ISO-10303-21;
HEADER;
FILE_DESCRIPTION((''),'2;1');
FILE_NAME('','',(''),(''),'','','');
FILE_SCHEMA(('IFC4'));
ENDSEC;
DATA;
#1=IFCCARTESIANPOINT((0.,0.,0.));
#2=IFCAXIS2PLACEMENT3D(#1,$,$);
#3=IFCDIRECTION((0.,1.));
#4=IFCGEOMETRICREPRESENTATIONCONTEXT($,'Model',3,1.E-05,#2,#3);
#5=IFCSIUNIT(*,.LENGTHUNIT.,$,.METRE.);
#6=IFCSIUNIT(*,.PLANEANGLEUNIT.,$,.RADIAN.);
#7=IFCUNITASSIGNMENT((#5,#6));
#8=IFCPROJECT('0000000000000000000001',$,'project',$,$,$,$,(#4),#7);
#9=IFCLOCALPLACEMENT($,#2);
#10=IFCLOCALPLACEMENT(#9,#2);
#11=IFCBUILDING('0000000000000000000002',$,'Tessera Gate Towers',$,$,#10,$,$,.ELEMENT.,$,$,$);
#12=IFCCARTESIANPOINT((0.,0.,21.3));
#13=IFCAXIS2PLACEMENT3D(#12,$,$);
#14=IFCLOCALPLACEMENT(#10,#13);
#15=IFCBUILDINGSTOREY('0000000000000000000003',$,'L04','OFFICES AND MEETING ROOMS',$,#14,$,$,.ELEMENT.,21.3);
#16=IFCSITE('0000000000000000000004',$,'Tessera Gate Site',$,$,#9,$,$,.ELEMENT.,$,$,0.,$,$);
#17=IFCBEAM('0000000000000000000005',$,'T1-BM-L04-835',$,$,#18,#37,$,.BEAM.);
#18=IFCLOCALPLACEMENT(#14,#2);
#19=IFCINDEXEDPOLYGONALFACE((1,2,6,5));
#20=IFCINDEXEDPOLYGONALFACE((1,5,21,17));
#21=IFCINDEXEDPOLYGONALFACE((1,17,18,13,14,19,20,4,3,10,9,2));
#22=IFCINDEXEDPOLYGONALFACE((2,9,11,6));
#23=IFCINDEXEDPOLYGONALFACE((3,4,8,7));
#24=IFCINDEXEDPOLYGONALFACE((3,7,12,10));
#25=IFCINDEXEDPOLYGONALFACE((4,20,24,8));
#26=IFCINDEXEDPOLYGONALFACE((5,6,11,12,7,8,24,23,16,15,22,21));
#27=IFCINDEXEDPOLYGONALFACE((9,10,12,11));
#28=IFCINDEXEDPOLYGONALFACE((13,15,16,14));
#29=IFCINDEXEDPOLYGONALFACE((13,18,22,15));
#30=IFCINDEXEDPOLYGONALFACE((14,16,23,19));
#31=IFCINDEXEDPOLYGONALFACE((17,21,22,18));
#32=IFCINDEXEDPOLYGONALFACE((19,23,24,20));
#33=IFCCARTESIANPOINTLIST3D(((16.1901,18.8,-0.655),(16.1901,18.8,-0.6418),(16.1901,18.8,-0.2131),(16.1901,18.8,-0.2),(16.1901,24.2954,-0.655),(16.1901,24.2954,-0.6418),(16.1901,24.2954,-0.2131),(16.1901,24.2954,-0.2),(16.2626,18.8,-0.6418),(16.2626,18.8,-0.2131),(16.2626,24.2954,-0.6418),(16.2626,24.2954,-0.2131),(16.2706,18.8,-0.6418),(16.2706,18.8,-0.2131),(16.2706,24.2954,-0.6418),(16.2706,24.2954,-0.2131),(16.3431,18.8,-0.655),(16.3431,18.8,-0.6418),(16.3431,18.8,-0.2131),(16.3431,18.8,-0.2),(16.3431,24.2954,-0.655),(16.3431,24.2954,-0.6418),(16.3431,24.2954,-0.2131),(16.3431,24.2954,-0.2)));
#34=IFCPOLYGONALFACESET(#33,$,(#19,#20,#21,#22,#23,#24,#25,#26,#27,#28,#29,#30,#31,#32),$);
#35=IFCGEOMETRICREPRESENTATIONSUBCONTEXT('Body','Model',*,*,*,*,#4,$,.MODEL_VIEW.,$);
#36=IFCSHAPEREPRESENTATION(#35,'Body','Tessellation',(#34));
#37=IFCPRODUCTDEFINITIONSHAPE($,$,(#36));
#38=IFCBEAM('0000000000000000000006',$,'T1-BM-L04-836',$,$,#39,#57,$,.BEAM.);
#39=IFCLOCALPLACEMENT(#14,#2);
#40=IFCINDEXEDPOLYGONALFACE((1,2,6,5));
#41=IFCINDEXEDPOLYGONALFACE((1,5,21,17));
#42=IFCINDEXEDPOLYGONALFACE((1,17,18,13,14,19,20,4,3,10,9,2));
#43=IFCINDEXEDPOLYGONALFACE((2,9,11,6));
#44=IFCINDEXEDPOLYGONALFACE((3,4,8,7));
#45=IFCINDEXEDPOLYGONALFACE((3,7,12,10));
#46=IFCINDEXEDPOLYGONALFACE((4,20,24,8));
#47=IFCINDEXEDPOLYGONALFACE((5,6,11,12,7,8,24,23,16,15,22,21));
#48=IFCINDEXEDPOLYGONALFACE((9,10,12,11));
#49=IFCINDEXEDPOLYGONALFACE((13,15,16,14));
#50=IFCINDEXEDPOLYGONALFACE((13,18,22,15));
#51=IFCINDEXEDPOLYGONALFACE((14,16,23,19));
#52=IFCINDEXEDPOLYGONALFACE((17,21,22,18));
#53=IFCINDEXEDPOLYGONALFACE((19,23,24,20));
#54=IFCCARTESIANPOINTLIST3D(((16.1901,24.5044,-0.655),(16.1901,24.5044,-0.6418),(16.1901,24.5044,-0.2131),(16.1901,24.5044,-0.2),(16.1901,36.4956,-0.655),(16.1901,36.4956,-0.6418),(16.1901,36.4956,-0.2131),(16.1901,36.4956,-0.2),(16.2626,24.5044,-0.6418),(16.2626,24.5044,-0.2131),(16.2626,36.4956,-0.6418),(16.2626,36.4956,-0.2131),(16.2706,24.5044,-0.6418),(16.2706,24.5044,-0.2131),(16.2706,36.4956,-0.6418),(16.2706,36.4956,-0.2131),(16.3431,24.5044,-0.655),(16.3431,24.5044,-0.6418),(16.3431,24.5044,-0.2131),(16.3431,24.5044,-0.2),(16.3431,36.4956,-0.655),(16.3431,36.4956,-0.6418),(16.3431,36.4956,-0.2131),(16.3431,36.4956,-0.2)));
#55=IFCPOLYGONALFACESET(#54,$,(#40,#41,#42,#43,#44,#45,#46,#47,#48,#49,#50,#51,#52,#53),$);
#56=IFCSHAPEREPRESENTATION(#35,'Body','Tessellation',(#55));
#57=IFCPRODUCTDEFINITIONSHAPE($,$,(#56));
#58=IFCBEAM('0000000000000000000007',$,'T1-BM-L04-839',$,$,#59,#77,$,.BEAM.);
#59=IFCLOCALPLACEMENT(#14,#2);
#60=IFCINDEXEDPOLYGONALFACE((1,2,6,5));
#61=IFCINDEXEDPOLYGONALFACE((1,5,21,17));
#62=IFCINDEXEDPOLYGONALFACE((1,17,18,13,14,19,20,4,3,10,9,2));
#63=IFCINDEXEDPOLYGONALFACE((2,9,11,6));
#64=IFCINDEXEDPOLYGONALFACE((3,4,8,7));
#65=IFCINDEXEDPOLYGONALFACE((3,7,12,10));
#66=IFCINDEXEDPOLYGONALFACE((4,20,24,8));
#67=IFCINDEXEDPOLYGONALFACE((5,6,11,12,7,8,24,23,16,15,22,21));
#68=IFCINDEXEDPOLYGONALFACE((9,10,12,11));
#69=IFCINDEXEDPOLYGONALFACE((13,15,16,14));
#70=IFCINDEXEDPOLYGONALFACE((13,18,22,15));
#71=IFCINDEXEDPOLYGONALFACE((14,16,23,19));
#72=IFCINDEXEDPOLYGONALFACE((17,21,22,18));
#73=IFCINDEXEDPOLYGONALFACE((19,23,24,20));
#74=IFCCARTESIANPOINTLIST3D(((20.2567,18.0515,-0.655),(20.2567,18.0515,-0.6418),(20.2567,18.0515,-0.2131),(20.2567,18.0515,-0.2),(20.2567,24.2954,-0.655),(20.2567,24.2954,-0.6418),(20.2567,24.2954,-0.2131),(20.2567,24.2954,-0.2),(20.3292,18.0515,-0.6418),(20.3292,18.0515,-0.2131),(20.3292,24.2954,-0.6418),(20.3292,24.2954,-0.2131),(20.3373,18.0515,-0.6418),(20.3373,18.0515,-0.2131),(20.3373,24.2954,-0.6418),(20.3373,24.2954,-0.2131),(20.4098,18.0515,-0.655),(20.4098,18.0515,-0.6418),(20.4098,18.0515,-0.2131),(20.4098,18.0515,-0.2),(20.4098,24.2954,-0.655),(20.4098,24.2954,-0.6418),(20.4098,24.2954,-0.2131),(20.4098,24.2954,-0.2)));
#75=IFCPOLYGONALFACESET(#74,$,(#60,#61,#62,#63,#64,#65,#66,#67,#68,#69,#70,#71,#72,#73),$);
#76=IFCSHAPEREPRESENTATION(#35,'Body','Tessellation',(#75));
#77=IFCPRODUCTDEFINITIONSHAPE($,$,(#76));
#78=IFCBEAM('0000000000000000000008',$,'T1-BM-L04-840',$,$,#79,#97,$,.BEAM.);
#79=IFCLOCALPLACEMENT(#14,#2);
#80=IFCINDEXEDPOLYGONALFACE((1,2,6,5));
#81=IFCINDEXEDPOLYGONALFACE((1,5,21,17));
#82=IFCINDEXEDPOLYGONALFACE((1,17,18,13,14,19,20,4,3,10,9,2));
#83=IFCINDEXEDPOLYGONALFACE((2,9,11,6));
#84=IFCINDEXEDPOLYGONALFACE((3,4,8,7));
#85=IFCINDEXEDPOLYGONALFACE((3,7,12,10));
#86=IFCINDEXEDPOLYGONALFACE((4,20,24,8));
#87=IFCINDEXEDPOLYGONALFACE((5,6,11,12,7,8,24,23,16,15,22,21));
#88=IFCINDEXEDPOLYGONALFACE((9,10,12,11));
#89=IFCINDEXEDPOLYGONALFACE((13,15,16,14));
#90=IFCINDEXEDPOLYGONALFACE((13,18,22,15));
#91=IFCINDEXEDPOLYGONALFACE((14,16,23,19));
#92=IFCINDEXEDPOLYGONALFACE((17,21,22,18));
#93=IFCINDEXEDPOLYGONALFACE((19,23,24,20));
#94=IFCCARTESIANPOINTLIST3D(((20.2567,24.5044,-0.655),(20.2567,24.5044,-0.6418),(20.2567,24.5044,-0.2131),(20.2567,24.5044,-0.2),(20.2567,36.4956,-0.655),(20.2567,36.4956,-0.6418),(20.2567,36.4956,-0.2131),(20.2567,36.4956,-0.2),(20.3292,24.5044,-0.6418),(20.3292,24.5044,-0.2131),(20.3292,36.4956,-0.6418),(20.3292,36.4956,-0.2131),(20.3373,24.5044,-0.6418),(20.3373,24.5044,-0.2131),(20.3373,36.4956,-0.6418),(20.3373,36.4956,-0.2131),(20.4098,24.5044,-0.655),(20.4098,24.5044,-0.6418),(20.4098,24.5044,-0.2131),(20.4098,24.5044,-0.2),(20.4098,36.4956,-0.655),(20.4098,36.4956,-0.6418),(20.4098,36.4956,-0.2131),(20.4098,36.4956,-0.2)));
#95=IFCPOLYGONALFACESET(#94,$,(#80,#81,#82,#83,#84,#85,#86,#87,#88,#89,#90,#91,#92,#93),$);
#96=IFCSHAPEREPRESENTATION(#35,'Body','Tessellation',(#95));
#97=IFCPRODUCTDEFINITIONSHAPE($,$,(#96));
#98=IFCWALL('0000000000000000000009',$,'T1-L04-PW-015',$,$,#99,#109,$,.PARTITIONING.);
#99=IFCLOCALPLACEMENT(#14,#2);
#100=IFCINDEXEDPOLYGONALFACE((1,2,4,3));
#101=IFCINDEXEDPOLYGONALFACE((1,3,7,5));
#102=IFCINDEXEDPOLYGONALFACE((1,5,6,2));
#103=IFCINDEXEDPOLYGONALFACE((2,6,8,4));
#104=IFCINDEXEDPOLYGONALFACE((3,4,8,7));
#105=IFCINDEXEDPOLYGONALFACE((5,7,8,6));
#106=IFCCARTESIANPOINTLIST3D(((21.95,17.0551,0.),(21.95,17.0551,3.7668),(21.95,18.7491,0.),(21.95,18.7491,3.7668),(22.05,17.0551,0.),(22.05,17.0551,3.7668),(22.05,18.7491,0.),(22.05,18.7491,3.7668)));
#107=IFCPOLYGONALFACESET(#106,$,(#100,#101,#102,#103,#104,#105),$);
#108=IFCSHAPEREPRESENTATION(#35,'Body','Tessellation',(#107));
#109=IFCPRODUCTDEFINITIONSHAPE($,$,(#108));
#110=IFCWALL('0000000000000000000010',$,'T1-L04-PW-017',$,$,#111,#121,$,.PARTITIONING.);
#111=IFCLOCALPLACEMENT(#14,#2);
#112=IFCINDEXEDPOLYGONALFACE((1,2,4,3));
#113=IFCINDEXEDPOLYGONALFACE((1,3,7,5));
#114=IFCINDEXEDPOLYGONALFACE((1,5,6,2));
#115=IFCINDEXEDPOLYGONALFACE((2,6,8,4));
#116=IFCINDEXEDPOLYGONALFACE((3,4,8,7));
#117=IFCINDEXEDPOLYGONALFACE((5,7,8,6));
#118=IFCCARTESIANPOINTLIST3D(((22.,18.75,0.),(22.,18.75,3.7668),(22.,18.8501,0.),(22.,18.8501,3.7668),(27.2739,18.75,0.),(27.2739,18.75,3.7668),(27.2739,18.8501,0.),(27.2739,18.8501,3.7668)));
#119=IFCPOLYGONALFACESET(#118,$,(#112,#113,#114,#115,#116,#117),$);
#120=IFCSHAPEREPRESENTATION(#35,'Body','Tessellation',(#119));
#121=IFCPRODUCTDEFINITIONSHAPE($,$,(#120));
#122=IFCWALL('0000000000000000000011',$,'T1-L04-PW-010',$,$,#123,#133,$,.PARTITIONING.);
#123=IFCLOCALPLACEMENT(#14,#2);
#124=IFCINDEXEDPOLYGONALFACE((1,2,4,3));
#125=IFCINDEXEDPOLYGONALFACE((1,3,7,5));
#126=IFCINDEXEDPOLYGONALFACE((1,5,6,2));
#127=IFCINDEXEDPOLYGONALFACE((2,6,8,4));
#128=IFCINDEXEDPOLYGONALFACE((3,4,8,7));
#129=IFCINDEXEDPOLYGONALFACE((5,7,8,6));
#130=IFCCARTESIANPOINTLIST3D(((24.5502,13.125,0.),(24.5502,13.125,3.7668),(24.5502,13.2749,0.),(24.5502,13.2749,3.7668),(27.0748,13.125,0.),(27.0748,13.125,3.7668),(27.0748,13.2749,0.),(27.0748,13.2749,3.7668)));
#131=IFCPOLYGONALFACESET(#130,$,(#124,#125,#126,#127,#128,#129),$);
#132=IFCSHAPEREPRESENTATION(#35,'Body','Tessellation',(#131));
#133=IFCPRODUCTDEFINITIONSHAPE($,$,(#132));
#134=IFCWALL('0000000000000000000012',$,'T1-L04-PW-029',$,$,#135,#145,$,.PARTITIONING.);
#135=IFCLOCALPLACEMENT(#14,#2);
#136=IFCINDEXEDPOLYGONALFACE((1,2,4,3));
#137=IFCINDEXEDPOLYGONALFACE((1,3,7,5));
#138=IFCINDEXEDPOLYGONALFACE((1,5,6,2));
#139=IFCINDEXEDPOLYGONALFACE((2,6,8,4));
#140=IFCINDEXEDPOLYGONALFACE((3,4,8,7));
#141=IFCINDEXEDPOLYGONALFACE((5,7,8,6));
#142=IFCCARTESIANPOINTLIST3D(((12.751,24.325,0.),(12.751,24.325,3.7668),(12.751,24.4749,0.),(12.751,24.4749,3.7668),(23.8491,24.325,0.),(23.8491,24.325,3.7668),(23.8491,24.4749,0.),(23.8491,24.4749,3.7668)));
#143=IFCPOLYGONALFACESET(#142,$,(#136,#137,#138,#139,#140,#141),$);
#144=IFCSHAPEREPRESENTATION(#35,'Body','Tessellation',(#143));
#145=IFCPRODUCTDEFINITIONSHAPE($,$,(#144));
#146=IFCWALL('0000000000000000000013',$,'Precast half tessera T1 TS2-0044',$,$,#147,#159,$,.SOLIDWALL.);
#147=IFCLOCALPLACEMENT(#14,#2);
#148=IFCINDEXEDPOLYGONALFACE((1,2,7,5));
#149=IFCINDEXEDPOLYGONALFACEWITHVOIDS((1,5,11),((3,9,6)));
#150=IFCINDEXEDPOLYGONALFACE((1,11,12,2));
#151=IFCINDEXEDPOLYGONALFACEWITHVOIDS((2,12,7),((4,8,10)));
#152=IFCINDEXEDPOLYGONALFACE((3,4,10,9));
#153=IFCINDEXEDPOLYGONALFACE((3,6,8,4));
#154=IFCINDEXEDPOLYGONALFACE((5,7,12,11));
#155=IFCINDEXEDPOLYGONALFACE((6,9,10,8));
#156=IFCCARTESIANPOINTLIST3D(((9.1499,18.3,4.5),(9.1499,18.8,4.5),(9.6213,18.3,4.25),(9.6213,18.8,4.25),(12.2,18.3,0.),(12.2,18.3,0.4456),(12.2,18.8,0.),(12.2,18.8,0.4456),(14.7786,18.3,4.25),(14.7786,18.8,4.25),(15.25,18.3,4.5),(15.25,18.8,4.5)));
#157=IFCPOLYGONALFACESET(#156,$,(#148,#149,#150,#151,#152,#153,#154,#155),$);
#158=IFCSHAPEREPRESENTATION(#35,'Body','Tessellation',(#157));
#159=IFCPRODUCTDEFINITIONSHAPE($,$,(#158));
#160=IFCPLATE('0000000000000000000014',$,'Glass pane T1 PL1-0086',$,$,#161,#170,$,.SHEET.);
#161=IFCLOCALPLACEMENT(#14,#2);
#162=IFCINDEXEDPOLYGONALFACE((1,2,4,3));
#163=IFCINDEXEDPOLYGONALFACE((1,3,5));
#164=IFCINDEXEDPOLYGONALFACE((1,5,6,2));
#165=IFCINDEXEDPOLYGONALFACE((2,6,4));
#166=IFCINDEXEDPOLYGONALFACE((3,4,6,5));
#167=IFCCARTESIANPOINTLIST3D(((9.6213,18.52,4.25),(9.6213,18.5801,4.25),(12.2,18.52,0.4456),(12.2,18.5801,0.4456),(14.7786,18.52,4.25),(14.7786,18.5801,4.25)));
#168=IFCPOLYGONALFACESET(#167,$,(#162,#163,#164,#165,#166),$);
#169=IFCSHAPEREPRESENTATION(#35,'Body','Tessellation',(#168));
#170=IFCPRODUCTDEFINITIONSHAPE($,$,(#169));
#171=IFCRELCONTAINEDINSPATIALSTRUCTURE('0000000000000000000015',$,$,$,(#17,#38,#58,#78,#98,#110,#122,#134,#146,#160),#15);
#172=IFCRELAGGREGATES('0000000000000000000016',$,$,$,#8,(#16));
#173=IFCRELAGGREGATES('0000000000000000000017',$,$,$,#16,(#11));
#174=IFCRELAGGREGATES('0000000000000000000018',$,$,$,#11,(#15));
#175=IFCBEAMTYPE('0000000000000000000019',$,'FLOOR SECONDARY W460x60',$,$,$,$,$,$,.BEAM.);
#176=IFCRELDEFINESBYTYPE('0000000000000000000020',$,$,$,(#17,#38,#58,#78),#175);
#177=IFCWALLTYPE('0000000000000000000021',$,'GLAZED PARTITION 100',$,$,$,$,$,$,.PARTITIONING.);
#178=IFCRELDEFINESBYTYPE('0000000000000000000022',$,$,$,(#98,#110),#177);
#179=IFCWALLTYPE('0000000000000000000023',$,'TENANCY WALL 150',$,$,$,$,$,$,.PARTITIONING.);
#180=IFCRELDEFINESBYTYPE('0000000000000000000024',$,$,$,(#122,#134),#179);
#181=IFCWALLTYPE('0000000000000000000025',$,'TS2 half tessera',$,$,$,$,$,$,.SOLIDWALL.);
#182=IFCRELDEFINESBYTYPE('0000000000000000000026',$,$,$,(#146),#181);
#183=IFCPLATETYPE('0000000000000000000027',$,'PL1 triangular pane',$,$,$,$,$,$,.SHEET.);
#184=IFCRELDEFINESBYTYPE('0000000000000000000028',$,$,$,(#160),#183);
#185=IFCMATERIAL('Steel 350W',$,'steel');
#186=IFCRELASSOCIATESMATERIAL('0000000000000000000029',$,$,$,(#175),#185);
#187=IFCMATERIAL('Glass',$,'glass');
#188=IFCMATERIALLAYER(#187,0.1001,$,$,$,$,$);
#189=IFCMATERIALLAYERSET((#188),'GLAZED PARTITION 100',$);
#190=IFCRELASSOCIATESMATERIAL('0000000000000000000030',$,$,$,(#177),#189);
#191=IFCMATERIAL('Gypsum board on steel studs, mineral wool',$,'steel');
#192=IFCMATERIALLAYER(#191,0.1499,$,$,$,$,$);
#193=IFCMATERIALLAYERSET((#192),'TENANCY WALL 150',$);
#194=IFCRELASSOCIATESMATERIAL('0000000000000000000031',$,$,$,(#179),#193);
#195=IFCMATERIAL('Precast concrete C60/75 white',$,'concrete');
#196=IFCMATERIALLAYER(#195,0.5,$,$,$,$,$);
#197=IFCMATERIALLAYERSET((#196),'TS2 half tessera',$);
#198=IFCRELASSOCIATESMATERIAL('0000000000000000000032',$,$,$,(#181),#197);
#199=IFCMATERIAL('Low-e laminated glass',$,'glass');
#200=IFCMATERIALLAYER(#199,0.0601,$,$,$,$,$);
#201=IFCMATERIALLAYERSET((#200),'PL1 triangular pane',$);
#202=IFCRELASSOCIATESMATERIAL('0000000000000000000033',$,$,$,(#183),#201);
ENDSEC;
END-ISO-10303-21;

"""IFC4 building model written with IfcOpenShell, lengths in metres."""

from ifc_helpers import new_model, si_unit, direction, frame, frame_2d, origin, origin_2d, place, context, subcontext, project, spatial, polyline, rectangle, i_section, outline, extrude, source, transform, mapped, material, layer, layer_set, material_profile, profile_set, type_object, element, fill, save


model = new_model("IFC4")

# Units and contexts
model_context = context("Model", 3, precision=1e-05, world=origin(), true_north=direction((0.0, 1.0)))
body_context = subcontext(model_context, "Body", "Model", "MODEL_VIEW")
ifc_project = project(units=[si_unit("LENGTHUNIT", "METRE"), si_unit("PLANEANGLEUNIT", "RADIAN")], contexts=[model_context])

# Site, building, storey
site_placement = place(None, origin())
site = spatial("IfcSite", under=ifc_project, at=site_placement, Name="Tessera Gate Site", CompositionType="ELEMENT", RefElevation=0.0)
building_placement = place(site_placement, origin())
building = spatial("IfcBuilding", under=site, at=building_placement, Name="Tessera Gate Towers", CompositionType="ELEMENT")
storey_placement = place(building_placement, frame((0.0, 0.0, 21.3)))
storey = spatial("IfcBuildingStorey", under=building, at=storey_placement, Name="L04", Description="OFFICES AND MEETING ROOMS", CompositionType="ELEMENT", Elevation=21.3)

# Beams
ifc_material_1 = material(Name="Steel 350W", Category="steel")
ifc_material_profile_1 = material_profile(ifc_material_1, i_section(OverallWidth=0.1531, OverallDepth=0.4551, WebThickness=0.0081, FlangeThickness=0.0132, at=origin_2d()), Name="W460x60")
ifc_profile_set_1 = profile_set([ifc_material_profile_1], Name="Steel 350W")
beam_type_1 = type_object("IfcBeamType", Name="FLOOR SECONDARY W460x60", PredefinedType="BEAM", material=ifc_profile_set_1)
beam_1_placement = place(storey_placement, frame((16.2666, 18.8, -0.4275), z_axis=(0.0, 1.0, 0.0), x_axis=(-1.0, 0.0, 0.0)))
element("IfcBeam", 1, at=beam_1_placement, inside=storey, type_object=beam_type_1, Name="T1-BM-L04-835", PredefinedType="BEAM", context=body_context, shape_type="SweptSolid", body=[
    extrude(i_section(OverallWidth=0.1531, OverallDepth=0.4551, WebThickness=0.0081, FlangeThickness=0.0132, at=origin_2d()), origin(), (0.0, 0.0, 1.0), 5.4954),
])
beam_2_placement = place(storey_placement, frame((16.2666, 24.5044, -0.4275), z_axis=(0.0, 1.0, 0.0), x_axis=(-1.0, 0.0, 0.0)))
element("IfcBeam", 2, at=beam_2_placement, inside=storey, type_object=beam_type_1, Name="T1-BM-L04-836", PredefinedType="BEAM", context=body_context, shape_type="SweptSolid", body=[
    extrude(i_section(OverallWidth=0.1531, OverallDepth=0.4551, WebThickness=0.0081, FlangeThickness=0.0132, at=origin_2d()), origin(), (0.0, 0.0, 1.0), 11.9912),
])
beam_3_placement = place(storey_placement, frame((20.3333, 18.0515, -0.4275), z_axis=(0.0, 1.0, 0.0), x_axis=(-1.0, 0.0, 0.0)))
element("IfcBeam", 3, at=beam_3_placement, inside=storey, type_object=beam_type_1, Name="T1-BM-L04-839", PredefinedType="BEAM", context=body_context, shape_type="SweptSolid", body=[
    extrude(i_section(OverallWidth=0.1531, OverallDepth=0.4551, WebThickness=0.0081, FlangeThickness=0.0132, at=origin_2d()), origin(), (0.0, 0.0, 1.0), 6.2439),
])
beam_4_placement = place(storey_placement, frame((20.3333, 24.5044, -0.4275), z_axis=(0.0, 1.0, 0.0), x_axis=(-1.0, 0.0, 0.0)))
element("IfcBeam", 4, at=beam_4_placement, inside=storey, type_object=beam_type_1, Name="T1-BM-L04-840", PredefinedType="BEAM", context=body_context, shape_type="SweptSolid", body=[
    extrude(i_section(OverallWidth=0.1531, OverallDepth=0.4551, WebThickness=0.0081, FlangeThickness=0.0132, at=origin_2d()), origin(), (0.0, 0.0, 1.0), 11.9912),
])

# Walls
ifc_material_2 = material(Name="Glass", Category="glass")
ifc_layer_1 = layer(ifc_material_2, 0.1001)
ifc_layer_set_1 = layer_set([ifc_layer_1], Name="GLAZED PARTITION 100")
wall_type_1 = type_object("IfcWallType", Name="GLAZED PARTITION 100", PredefinedType="PARTITIONING", material=ifc_layer_set_1)
wall_1_placement = place(storey_placement, frame((22.0, 17.0549, 0.0), z_axis=(0.0, 0.0, 1.0), x_axis=(0.0, 1.0, 0.0)))
element("IfcWall", 5, at=wall_1_placement, inside=storey, type_object=wall_type_1, Name="T1-L04-PW-015", PredefinedType="PARTITIONING", context=body_context, shape_type="SweptSolid", body=[
    extrude(rectangle(XDim=1.6941, YDim=0.1001, at=frame_2d((0.8472, 0.0))), origin(), (0.0, 0.0, 1.0), 3.7668),
])
wall_2_placement = place(storey_placement, frame((22.0, 18.8, 0.0), z_axis=(0.0, 0.0, 1.0), x_axis=(1.0, 0.0, 0.0)))
element("IfcWall", 6, at=wall_2_placement, inside=storey, type_object=wall_type_1, Name="T1-L04-PW-017", PredefinedType="PARTITIONING", context=body_context, shape_type="SweptSolid", body=[
    extrude(rectangle(XDim=5.2739, YDim=0.1001, at=frame_2d((2.637, 0.0))), origin(), (0.0, 0.0, 1.0), 3.7668),
])
ifc_material_3 = material(Name="Gypsum board on steel studs, mineral wool", Category="steel")
ifc_layer_2 = layer(ifc_material_3, 0.1499)
ifc_layer_set_2 = layer_set([ifc_layer_2], Name="TENANCY WALL 150")
wall_type_2 = type_object("IfcWallType", Name="TENANCY WALL 150", PredefinedType="PARTITIONING", material=ifc_layer_set_2)
wall_3_placement = place(storey_placement, frame((24.5503, 13.2, 0.0), z_axis=(0.0, 0.0, 1.0), x_axis=(1.0, 0.0, 0.0)))
element("IfcWall", 7, at=wall_3_placement, inside=storey, type_object=wall_type_2, Name="T1-L04-PW-010", PredefinedType="PARTITIONING", context=body_context, shape_type="SweptSolid", body=[
    extrude(rectangle(XDim=2.5247, YDim=0.1499, at=frame_2d((1.2622, 0.0))), origin(), (0.0, 0.0, 1.0), 3.7668),
])
wall_4_placement = place(storey_placement, frame((12.751, 24.3999, 0.0), z_axis=(0.0, 0.0, 1.0), x_axis=(1.0, 0.0, 0.0)))
element("IfcWall", 8, at=wall_4_placement, inside=storey, type_object=wall_type_2, Name="T1-L04-PW-029", PredefinedType="PARTITIONING", context=body_context, shape_type="SweptSolid", body=[
    extrude(rectangle(XDim=11.0981, YDim=0.1499, at=frame_2d((5.5491, 0.0))), origin(), (0.0, 0.0, 1.0), 3.7668),
])

# Wall, opening, plate
ifc_material_4 = material(Name="Precast concrete C60/75 white", Category="concrete")
ifc_layer_3 = layer(ifc_material_4, 0.5)
ifc_layer_set_3 = layer_set([ifc_layer_3], Name="TS2 half tessera")
wall_type_3 = type_object("IfcWallType", Name="TS2 half tessera", PredefinedType="SOLIDWALL", material=ifc_layer_set_3)
shared_shape_1 = source(origin(), body_context, "Body", "SweptSolid", [
    extrude(outline(polyline([(3.05, 0.0), (6.1001, 4.5), (0.0, 4.5), (3.05, 0.0)])), frame((0.0, 0.25, 0.0), z_axis=(0.0, -1.0, 0.0), x_axis=(1.0, 0.0, 0.0)), (0.0, 0.0, 1.0), 0.5),
])
wall_5_placement = place(storey_placement, frame((9.1499, 18.55, 0.0), z_axis=(0.0, 0.0, 1.0), x_axis=(1.0, 0.0, 0.0)))
wall_5 = element("IfcWall", 9, at=wall_5_placement, inside=storey, type_object=wall_type_3, Name="Precast half tessera T1 TS2-0044", PredefinedType="SOLIDWALL", context=body_context, shape_type="MappedRepresentation", body=[
    mapped(shared_shape_1, transform((0.0, 0.0, 0.0), scale=1.0)),
])
shared_shape_2 = source(origin(), body_context, "Body", "SweptSolid", [
    extrude(outline(polyline([(3.05, 0.4456), (5.6287, 4.25), (0.4714, 4.25), (3.05, 0.4456)])), frame((0.0, 0.26, 0.0), z_axis=(0.0, -1.0, 0.0), x_axis=(1.0, 0.0, 0.0)), (0.0, 0.0, 1.0), 0.52),
])
opening_placement = place(wall_5_placement, origin())
opening = element("IfcOpeningElement", 10, at=opening_placement, cuts=wall_5, PredefinedType="OPENING", context=body_context, shape_type="MappedRepresentation", body=[
    mapped(shared_shape_2, transform((0.0, 0.0, 0.0), scale=1.0)),
])
ifc_material_5 = material(Name="Low-e laminated glass", Category="glass")
ifc_layer_4 = layer(ifc_material_5, 0.0601)
ifc_layer_set_4 = layer_set([ifc_layer_4], Name="PL1 triangular pane")
plate_type = type_object("IfcPlateType", Name="PL1 triangular pane", PredefinedType="SHEET", material=ifc_layer_set_4)
shared_shape_3 = source(origin(), body_context, "Body", "SweptSolid", [
    extrude(outline(polyline([(3.05, 0.4456), (5.6287, 4.25), (0.4714, 4.25), (3.05, 0.4456)])), frame((0.0, 0.03, 0.0), z_axis=(0.0, -1.0, 0.0), x_axis=(1.0, 0.0, 0.0)), (0.0, 0.0, 1.0), 0.0601),
])
plate_placement = place(opening_placement, origin())
plate = element("IfcPlate", 11, at=plate_placement, inside=storey, type_object=plate_type, Name="Glass pane T1 PL1-0086", PredefinedType="SHEET", context=body_context, shape_type="MappedRepresentation", body=[
    mapped(shared_shape_3, transform((0.0, 0.0, 0.0), scale=1.0)),
])
fill(opening, plate)

save(model, "model.ifc")
